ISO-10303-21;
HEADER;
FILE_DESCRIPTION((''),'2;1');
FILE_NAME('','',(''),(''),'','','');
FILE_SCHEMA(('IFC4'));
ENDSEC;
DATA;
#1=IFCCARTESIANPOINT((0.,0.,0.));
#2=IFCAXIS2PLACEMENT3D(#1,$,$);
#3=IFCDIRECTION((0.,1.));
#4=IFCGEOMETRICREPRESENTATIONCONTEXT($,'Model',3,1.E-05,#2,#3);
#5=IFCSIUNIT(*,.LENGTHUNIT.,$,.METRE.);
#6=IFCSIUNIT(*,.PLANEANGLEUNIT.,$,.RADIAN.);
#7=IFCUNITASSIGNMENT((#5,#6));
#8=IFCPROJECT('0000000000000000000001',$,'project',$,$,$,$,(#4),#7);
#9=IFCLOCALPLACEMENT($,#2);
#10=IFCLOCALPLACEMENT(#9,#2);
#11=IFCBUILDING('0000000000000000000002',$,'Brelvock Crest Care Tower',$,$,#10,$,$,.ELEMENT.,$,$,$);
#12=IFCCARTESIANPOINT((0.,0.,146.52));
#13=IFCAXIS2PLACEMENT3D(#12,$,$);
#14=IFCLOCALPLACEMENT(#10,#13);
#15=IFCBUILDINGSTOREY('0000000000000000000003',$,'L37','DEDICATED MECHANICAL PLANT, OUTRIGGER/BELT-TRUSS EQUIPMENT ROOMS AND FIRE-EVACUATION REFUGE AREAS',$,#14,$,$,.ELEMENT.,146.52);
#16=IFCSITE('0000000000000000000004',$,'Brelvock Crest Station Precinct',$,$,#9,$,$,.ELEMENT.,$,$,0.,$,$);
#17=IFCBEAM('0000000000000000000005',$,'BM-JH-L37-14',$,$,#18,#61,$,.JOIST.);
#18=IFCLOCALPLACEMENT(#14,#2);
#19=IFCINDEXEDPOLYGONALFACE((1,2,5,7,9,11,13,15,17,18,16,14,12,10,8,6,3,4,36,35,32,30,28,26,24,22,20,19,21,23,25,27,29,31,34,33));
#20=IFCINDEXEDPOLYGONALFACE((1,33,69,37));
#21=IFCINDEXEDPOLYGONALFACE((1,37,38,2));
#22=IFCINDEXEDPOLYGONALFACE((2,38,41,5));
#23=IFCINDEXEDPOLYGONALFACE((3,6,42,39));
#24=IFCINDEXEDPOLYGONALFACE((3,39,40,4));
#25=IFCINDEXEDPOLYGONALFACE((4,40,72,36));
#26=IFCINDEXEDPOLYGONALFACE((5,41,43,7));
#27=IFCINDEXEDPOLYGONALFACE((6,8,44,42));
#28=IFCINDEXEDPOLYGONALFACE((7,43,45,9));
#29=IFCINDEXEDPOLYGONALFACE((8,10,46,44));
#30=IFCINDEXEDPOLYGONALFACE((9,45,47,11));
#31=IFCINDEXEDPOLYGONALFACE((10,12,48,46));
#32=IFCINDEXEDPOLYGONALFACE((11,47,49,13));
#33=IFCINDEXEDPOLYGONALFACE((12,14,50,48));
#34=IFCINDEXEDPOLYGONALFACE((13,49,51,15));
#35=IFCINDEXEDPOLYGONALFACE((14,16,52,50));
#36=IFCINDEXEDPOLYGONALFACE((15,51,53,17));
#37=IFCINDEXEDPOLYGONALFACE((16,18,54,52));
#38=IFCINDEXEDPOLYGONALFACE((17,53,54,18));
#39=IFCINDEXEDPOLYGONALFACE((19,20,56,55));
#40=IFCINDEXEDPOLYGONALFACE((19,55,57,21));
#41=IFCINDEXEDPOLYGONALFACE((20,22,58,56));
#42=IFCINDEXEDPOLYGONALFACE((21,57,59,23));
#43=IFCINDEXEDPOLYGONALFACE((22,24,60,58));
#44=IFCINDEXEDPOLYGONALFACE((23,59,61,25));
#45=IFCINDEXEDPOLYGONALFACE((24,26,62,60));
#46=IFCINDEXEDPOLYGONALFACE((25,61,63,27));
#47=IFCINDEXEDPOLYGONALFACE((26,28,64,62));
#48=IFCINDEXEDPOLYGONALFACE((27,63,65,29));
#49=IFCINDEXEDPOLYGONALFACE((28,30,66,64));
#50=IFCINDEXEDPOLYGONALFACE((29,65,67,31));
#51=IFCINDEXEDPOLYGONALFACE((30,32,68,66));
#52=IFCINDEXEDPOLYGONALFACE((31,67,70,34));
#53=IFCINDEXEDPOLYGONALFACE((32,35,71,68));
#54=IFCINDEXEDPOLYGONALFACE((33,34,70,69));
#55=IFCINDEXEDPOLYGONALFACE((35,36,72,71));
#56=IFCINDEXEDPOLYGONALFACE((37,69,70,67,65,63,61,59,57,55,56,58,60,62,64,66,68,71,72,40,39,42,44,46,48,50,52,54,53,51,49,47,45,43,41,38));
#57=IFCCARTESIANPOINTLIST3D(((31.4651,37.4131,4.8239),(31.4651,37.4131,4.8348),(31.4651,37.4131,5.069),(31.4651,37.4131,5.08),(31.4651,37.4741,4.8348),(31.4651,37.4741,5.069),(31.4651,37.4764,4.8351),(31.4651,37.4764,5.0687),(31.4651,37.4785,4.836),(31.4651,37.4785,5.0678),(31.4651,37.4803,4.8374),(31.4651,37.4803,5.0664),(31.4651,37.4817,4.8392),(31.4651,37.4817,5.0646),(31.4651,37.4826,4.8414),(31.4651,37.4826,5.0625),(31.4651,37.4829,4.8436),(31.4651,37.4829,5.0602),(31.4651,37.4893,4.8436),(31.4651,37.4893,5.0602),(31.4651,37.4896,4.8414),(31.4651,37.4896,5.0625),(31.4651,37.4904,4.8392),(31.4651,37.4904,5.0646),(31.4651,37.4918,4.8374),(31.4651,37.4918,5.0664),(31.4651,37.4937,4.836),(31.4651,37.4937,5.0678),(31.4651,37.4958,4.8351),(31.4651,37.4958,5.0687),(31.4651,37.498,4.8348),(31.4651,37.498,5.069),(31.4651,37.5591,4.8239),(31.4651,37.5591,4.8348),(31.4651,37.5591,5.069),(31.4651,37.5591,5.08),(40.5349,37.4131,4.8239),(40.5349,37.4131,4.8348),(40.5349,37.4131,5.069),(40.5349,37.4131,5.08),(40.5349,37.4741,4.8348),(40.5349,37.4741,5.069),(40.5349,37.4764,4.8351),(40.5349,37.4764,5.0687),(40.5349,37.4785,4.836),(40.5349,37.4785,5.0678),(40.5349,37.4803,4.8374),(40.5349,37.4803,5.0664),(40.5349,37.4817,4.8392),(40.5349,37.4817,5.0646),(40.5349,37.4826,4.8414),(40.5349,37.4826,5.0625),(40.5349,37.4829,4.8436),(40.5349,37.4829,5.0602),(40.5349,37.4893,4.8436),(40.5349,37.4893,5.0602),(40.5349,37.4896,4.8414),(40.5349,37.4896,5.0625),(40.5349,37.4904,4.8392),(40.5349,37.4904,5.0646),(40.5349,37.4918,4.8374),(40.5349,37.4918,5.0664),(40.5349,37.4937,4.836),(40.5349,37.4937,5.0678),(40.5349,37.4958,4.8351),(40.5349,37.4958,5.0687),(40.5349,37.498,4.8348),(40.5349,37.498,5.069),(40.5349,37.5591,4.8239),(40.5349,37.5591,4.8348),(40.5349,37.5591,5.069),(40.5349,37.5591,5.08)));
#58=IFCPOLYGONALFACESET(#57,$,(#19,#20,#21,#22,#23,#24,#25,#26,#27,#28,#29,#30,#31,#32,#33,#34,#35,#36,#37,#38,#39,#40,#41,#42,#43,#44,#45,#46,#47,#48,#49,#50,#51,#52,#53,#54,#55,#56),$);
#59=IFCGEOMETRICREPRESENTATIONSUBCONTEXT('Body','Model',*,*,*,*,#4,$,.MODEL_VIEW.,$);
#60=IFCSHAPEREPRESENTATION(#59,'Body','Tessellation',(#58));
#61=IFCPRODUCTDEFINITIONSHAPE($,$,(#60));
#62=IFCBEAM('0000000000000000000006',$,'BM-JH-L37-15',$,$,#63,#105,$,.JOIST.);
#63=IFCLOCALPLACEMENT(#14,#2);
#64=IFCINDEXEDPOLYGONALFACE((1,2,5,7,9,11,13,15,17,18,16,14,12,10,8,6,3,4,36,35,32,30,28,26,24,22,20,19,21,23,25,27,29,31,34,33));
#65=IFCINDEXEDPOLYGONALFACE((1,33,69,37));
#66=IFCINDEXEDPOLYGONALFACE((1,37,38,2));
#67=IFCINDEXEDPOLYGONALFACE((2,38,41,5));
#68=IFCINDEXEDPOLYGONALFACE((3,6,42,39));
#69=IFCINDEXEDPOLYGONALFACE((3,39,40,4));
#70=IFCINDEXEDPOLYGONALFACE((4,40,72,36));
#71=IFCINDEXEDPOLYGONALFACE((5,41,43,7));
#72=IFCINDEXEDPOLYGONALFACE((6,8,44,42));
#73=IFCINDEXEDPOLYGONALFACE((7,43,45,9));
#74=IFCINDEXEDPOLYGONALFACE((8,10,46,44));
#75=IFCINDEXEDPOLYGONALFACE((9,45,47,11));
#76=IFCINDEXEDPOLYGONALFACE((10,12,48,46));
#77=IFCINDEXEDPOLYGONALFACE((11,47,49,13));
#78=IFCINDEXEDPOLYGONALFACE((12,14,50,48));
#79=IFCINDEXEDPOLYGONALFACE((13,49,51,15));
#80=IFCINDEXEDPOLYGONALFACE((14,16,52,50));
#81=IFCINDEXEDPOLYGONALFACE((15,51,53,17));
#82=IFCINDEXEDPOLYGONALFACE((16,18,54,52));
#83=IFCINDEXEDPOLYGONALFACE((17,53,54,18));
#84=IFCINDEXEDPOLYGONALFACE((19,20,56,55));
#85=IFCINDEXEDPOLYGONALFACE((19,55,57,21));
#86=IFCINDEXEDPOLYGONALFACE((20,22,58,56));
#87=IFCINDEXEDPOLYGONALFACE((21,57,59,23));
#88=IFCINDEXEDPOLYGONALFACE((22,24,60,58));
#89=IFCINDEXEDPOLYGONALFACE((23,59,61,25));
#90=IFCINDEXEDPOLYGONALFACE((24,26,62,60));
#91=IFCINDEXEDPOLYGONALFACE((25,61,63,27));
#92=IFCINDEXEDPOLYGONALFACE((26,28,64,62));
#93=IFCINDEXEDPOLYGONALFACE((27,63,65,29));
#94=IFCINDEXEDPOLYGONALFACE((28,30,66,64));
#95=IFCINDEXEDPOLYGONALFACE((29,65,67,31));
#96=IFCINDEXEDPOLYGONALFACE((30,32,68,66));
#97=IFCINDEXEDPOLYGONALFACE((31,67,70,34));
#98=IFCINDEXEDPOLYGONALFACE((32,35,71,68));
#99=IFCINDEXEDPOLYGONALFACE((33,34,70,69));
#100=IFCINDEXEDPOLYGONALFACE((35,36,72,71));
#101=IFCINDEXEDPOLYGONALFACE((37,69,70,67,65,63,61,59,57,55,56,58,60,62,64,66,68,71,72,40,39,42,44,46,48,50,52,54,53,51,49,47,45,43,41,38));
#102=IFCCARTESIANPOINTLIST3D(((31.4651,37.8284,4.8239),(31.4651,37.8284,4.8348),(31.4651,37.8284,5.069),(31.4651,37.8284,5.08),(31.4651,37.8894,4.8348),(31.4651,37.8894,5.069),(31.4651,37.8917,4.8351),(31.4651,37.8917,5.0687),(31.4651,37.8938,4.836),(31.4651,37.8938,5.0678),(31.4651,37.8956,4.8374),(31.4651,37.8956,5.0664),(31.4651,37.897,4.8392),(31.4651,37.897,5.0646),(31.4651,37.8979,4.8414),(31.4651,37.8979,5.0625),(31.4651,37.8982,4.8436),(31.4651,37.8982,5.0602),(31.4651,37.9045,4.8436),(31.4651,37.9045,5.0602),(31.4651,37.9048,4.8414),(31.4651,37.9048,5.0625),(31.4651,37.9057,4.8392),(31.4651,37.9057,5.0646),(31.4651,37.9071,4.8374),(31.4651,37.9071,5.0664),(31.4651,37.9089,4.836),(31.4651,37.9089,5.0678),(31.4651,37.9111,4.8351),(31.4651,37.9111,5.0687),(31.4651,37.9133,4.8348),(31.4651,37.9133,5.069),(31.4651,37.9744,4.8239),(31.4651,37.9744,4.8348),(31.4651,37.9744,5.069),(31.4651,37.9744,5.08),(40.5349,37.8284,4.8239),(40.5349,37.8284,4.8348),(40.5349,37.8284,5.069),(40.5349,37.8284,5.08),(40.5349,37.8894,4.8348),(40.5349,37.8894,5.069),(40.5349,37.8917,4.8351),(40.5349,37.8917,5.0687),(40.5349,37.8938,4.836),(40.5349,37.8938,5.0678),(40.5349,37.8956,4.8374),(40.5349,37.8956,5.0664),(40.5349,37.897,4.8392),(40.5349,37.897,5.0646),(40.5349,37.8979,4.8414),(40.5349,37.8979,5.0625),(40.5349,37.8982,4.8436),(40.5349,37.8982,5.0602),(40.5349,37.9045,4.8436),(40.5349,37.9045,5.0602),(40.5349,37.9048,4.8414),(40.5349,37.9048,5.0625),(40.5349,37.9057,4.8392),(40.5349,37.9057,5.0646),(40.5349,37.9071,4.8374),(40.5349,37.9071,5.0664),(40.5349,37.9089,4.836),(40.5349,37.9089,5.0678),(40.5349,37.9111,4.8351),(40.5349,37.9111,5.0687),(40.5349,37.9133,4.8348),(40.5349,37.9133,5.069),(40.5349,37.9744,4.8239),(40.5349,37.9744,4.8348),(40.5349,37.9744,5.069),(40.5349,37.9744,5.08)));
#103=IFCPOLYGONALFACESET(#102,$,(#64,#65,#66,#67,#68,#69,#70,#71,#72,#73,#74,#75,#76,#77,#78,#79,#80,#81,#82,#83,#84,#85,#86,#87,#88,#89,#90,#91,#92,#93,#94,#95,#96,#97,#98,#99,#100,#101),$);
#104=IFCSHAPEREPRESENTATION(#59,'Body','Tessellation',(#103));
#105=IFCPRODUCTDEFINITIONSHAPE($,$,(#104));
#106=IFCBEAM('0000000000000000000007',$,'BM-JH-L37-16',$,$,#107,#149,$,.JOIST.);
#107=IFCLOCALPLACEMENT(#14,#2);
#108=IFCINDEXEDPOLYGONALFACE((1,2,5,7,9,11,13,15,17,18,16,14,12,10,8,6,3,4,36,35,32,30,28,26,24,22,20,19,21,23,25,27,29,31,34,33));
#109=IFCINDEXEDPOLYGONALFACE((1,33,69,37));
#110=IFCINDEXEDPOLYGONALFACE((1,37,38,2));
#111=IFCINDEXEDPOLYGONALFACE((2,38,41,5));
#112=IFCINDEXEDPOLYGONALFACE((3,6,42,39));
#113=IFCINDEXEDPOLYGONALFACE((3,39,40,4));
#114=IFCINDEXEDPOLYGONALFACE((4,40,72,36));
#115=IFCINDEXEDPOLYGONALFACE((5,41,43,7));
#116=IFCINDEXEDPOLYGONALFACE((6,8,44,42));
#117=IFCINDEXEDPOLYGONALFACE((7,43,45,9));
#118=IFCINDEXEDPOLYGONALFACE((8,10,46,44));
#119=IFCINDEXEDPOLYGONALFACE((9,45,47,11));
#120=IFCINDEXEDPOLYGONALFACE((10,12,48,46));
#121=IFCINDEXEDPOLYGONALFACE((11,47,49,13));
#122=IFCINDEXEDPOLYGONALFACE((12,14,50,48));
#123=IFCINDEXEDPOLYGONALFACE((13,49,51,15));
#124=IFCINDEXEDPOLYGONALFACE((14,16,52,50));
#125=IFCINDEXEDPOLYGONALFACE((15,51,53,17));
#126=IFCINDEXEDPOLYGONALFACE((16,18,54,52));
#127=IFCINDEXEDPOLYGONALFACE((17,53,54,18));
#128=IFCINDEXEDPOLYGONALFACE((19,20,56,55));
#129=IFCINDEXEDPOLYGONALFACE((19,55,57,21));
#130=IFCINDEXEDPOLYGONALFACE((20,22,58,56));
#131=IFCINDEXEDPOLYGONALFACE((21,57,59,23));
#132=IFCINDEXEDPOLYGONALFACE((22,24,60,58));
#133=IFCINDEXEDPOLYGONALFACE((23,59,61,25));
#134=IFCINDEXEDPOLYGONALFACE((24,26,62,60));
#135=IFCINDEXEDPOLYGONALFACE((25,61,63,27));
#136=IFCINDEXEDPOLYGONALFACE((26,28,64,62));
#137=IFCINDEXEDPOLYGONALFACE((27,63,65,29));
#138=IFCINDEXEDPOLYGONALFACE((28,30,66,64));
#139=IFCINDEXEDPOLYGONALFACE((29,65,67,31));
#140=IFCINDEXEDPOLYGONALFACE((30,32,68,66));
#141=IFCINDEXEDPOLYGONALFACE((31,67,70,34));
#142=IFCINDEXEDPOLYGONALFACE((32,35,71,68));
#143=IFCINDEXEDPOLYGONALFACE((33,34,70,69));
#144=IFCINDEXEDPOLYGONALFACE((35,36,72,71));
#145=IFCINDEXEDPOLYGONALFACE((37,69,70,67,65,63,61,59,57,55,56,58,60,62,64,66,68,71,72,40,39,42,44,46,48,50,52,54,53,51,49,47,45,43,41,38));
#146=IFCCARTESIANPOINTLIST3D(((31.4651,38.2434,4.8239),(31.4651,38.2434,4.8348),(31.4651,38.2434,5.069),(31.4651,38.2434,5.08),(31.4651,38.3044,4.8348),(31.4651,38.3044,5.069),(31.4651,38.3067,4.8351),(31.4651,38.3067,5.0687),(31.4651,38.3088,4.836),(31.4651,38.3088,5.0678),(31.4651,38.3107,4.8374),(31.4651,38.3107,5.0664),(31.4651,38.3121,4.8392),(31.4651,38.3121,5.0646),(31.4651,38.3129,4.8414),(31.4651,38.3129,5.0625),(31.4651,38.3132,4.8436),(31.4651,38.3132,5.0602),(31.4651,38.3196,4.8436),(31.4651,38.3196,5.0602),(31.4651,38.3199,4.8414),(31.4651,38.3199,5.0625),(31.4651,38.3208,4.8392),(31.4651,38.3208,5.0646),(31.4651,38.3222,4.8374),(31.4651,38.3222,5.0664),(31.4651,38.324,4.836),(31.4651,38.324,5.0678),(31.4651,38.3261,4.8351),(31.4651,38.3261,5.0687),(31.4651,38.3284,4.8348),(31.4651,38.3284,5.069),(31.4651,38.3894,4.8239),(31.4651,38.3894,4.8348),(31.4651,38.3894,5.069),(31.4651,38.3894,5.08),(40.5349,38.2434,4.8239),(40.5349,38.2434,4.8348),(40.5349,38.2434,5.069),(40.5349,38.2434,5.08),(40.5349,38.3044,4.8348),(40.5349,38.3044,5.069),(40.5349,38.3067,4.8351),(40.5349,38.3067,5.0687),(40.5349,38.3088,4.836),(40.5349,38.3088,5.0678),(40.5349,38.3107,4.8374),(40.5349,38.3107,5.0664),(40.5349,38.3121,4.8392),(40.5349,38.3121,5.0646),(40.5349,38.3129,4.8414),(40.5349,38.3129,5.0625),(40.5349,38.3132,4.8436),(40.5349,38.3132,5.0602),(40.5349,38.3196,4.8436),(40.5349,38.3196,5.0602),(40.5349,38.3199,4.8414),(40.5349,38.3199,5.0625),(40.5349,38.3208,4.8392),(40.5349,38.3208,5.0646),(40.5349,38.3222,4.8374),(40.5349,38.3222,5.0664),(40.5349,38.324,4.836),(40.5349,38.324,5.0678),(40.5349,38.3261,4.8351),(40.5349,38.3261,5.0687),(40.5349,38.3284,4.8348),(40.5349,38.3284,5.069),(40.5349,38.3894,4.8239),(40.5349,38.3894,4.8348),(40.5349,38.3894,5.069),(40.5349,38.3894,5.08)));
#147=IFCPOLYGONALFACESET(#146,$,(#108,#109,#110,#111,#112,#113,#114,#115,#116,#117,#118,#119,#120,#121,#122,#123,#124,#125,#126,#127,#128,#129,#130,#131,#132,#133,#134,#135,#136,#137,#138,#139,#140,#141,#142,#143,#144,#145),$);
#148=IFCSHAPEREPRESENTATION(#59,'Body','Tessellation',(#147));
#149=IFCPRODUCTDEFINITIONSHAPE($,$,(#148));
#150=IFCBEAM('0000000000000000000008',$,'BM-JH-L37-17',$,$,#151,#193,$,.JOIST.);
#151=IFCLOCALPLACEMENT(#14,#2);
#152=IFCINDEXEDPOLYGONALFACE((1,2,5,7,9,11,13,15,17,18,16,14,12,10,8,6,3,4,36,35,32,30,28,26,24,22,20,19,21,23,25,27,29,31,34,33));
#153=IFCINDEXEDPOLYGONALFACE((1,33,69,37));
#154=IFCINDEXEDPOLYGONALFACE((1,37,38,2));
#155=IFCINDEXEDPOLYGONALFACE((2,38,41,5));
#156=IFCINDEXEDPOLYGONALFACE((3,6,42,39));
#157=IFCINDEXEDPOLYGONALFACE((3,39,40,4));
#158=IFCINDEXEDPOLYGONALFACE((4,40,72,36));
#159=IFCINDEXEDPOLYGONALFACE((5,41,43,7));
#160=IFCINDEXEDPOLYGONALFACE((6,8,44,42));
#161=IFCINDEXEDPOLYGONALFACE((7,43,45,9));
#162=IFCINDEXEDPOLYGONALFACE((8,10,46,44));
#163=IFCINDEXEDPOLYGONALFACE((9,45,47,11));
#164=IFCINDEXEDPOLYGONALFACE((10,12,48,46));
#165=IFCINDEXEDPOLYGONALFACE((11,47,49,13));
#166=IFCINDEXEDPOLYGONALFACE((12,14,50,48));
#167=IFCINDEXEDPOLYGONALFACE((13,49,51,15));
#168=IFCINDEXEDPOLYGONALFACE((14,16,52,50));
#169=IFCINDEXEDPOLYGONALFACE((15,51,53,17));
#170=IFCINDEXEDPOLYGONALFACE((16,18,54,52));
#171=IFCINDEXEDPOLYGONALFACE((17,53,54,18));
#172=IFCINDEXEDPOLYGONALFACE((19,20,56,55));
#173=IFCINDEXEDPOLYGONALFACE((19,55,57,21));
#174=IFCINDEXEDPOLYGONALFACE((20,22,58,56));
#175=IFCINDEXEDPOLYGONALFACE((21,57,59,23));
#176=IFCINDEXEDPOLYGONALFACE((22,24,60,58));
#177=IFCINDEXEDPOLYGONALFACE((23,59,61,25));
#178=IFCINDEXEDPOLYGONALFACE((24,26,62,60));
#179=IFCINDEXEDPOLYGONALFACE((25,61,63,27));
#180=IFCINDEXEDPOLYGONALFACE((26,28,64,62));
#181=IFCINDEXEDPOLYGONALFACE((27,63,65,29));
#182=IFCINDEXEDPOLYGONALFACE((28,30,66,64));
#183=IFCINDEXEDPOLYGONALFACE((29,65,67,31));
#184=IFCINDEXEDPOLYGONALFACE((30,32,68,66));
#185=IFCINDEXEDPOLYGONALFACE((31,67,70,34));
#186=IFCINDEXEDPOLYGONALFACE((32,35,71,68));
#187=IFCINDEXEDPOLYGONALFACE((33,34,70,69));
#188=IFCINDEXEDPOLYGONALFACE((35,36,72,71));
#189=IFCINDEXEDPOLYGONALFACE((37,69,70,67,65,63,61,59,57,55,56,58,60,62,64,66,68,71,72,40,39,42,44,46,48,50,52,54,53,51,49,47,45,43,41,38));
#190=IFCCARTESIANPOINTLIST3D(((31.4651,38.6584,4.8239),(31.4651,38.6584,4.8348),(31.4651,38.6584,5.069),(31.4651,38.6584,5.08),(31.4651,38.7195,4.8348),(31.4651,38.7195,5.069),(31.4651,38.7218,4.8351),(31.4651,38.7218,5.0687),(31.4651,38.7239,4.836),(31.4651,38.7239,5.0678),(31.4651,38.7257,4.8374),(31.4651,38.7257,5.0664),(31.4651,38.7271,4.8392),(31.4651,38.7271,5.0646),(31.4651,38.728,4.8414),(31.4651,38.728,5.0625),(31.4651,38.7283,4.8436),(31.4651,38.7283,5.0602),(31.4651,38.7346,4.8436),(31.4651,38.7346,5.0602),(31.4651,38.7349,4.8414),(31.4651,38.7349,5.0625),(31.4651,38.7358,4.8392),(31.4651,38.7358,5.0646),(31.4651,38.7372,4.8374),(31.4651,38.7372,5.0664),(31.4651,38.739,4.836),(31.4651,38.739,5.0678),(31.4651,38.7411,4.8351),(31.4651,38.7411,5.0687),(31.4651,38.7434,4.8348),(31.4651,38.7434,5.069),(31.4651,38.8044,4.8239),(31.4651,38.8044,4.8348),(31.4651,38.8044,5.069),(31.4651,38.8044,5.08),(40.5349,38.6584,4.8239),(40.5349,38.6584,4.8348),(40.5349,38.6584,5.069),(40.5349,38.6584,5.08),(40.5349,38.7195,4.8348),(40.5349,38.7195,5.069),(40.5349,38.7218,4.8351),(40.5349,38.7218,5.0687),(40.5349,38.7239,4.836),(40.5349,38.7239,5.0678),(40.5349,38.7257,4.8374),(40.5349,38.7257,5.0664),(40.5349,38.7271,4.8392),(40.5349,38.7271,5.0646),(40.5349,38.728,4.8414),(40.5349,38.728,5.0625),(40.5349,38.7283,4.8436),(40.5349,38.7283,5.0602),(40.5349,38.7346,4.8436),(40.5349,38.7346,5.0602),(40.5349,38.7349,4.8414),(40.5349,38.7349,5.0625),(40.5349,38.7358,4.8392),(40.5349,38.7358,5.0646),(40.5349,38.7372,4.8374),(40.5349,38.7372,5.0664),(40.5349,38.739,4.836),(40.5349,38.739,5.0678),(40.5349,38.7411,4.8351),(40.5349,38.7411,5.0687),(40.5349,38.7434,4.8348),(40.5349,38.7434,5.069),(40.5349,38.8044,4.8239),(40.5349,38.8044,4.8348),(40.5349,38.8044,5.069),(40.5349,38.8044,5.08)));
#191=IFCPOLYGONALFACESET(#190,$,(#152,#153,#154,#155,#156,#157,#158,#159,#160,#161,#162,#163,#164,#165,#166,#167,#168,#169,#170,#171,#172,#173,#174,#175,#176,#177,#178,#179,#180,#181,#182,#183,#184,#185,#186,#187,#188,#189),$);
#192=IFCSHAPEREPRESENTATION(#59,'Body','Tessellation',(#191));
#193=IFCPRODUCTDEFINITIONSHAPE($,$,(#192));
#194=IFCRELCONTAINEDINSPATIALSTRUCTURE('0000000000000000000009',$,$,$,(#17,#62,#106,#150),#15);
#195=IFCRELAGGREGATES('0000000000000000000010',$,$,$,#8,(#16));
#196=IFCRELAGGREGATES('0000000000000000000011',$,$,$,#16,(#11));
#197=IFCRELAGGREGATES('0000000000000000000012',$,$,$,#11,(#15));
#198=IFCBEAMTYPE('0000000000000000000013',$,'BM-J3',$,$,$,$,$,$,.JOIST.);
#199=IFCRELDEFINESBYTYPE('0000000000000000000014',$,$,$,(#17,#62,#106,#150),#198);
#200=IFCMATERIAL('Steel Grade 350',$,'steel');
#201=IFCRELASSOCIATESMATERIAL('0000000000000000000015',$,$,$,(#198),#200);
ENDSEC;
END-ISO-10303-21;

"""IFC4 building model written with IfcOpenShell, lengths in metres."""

from ifc_helpers import new_model, si_unit, direction, frame, origin, origin_2d, place, context, subcontext, project, spatial, i_section, extrude, source, transform, mapped, material, material_profile, profile_set, type_object, element, save


model = new_model("IFC4")

# Units and contexts
model_context = context("Model", 3, precision=1e-05, world=origin(), true_north=direction((0.0, 1.0)))
body_context = subcontext(model_context, "Body", "Model", "MODEL_VIEW")
ifc_project = project(units=[si_unit("LENGTHUNIT", "METRE"), si_unit("PLANEANGLEUNIT", "RADIAN")], contexts=[model_context])

# Site, building, storey
site_placement = place(None, origin())
site = spatial("IfcSite", under=ifc_project, at=site_placement, Name="Brelvock Crest Station Precinct", CompositionType="ELEMENT", RefElevation=0.0)
building_placement = place(site_placement, origin())
building = spatial("IfcBuilding", under=site, at=building_placement, Name="Brelvock Crest Care Tower", CompositionType="ELEMENT")
storey_placement = place(building_placement, frame((0.0, 0.0, 146.52)))
storey = spatial("IfcBuildingStorey", under=building, at=storey_placement, Name="L37", Description="DEDICATED MECHANICAL PLANT, OUTRIGGER/BELT-TRUSS EQUIPMENT ROOMS AND FIRE-EVACUATION REFUGE AREAS", CompositionType="ELEMENT", Elevation=146.52)

# Beams
ifc_material = material(Name="Steel Grade 350", Category="steel")
ifc_material_profile_1 = material_profile(ifc_material, i_section(OverallWidth=0.146, OverallDepth=0.2561, WebThickness=0.0063, FlangeThickness=0.011, FilletRadius=0.0088, at=origin_2d()), Name="250UB37.3")
ifc_profile_set_1 = profile_set([ifc_material_profile_1], Name="Steel Grade 350")
beam_type_1 = type_object("IfcBeamType", Name="BM-J3", PredefinedType="JOIST", material=ifc_profile_set_1)
shared_shape_1 = source(origin(), body_context, "Body", "SweptSolid", [
    extrude(i_section(OverallWidth=0.146, OverallDepth=0.2561, WebThickness=0.0063, FlangeThickness=0.011, FilletRadius=0.0088, at=origin_2d()), origin(), (0.0, 0.0, 1.0), 9.0698),
])
for number, where, z_axis, x_axis, name in (
    (1, (31.4651, 37.4861, 4.9519), (1.0, 0.0, 0.0), (0.0, 1.0, 0.0), "BM-JH-L37-14"),
    (2, (31.4651, 37.9014, 4.9519), (1.0, 0.0, 0.0), (0.0, 1.0, 0.0), "BM-JH-L37-15"),
    (3, (31.4651, 38.3164, 4.9519), (1.0, 0.0, 0.0), (0.0, 1.0, 0.0), "BM-JH-L37-16"),
    (4, (31.4651, 38.7314, 4.9519), (1.0, 0.0, 0.0), (0.0, 1.0, 0.0), "BM-JH-L37-17"),
):
    element("IfcBeam", number, at=place(storey_placement, frame(where, z_axis=z_axis, x_axis=x_axis)), inside=storey, type_object=beam_type_1, Name=name, PredefinedType="JOIST", context=body_context, shape_type="MappedRepresentation", body=[
        mapped(shared_shape_1, transform((0.0, 0.0, 0.0), x_axis=(1.0, 0.0, 0.0), y_axis=(0.0, 1.0, 0.0), z_axis=(0.0, 0.0, 1.0), scale=1.0)),
    ])

save(model, "model.ifc")
